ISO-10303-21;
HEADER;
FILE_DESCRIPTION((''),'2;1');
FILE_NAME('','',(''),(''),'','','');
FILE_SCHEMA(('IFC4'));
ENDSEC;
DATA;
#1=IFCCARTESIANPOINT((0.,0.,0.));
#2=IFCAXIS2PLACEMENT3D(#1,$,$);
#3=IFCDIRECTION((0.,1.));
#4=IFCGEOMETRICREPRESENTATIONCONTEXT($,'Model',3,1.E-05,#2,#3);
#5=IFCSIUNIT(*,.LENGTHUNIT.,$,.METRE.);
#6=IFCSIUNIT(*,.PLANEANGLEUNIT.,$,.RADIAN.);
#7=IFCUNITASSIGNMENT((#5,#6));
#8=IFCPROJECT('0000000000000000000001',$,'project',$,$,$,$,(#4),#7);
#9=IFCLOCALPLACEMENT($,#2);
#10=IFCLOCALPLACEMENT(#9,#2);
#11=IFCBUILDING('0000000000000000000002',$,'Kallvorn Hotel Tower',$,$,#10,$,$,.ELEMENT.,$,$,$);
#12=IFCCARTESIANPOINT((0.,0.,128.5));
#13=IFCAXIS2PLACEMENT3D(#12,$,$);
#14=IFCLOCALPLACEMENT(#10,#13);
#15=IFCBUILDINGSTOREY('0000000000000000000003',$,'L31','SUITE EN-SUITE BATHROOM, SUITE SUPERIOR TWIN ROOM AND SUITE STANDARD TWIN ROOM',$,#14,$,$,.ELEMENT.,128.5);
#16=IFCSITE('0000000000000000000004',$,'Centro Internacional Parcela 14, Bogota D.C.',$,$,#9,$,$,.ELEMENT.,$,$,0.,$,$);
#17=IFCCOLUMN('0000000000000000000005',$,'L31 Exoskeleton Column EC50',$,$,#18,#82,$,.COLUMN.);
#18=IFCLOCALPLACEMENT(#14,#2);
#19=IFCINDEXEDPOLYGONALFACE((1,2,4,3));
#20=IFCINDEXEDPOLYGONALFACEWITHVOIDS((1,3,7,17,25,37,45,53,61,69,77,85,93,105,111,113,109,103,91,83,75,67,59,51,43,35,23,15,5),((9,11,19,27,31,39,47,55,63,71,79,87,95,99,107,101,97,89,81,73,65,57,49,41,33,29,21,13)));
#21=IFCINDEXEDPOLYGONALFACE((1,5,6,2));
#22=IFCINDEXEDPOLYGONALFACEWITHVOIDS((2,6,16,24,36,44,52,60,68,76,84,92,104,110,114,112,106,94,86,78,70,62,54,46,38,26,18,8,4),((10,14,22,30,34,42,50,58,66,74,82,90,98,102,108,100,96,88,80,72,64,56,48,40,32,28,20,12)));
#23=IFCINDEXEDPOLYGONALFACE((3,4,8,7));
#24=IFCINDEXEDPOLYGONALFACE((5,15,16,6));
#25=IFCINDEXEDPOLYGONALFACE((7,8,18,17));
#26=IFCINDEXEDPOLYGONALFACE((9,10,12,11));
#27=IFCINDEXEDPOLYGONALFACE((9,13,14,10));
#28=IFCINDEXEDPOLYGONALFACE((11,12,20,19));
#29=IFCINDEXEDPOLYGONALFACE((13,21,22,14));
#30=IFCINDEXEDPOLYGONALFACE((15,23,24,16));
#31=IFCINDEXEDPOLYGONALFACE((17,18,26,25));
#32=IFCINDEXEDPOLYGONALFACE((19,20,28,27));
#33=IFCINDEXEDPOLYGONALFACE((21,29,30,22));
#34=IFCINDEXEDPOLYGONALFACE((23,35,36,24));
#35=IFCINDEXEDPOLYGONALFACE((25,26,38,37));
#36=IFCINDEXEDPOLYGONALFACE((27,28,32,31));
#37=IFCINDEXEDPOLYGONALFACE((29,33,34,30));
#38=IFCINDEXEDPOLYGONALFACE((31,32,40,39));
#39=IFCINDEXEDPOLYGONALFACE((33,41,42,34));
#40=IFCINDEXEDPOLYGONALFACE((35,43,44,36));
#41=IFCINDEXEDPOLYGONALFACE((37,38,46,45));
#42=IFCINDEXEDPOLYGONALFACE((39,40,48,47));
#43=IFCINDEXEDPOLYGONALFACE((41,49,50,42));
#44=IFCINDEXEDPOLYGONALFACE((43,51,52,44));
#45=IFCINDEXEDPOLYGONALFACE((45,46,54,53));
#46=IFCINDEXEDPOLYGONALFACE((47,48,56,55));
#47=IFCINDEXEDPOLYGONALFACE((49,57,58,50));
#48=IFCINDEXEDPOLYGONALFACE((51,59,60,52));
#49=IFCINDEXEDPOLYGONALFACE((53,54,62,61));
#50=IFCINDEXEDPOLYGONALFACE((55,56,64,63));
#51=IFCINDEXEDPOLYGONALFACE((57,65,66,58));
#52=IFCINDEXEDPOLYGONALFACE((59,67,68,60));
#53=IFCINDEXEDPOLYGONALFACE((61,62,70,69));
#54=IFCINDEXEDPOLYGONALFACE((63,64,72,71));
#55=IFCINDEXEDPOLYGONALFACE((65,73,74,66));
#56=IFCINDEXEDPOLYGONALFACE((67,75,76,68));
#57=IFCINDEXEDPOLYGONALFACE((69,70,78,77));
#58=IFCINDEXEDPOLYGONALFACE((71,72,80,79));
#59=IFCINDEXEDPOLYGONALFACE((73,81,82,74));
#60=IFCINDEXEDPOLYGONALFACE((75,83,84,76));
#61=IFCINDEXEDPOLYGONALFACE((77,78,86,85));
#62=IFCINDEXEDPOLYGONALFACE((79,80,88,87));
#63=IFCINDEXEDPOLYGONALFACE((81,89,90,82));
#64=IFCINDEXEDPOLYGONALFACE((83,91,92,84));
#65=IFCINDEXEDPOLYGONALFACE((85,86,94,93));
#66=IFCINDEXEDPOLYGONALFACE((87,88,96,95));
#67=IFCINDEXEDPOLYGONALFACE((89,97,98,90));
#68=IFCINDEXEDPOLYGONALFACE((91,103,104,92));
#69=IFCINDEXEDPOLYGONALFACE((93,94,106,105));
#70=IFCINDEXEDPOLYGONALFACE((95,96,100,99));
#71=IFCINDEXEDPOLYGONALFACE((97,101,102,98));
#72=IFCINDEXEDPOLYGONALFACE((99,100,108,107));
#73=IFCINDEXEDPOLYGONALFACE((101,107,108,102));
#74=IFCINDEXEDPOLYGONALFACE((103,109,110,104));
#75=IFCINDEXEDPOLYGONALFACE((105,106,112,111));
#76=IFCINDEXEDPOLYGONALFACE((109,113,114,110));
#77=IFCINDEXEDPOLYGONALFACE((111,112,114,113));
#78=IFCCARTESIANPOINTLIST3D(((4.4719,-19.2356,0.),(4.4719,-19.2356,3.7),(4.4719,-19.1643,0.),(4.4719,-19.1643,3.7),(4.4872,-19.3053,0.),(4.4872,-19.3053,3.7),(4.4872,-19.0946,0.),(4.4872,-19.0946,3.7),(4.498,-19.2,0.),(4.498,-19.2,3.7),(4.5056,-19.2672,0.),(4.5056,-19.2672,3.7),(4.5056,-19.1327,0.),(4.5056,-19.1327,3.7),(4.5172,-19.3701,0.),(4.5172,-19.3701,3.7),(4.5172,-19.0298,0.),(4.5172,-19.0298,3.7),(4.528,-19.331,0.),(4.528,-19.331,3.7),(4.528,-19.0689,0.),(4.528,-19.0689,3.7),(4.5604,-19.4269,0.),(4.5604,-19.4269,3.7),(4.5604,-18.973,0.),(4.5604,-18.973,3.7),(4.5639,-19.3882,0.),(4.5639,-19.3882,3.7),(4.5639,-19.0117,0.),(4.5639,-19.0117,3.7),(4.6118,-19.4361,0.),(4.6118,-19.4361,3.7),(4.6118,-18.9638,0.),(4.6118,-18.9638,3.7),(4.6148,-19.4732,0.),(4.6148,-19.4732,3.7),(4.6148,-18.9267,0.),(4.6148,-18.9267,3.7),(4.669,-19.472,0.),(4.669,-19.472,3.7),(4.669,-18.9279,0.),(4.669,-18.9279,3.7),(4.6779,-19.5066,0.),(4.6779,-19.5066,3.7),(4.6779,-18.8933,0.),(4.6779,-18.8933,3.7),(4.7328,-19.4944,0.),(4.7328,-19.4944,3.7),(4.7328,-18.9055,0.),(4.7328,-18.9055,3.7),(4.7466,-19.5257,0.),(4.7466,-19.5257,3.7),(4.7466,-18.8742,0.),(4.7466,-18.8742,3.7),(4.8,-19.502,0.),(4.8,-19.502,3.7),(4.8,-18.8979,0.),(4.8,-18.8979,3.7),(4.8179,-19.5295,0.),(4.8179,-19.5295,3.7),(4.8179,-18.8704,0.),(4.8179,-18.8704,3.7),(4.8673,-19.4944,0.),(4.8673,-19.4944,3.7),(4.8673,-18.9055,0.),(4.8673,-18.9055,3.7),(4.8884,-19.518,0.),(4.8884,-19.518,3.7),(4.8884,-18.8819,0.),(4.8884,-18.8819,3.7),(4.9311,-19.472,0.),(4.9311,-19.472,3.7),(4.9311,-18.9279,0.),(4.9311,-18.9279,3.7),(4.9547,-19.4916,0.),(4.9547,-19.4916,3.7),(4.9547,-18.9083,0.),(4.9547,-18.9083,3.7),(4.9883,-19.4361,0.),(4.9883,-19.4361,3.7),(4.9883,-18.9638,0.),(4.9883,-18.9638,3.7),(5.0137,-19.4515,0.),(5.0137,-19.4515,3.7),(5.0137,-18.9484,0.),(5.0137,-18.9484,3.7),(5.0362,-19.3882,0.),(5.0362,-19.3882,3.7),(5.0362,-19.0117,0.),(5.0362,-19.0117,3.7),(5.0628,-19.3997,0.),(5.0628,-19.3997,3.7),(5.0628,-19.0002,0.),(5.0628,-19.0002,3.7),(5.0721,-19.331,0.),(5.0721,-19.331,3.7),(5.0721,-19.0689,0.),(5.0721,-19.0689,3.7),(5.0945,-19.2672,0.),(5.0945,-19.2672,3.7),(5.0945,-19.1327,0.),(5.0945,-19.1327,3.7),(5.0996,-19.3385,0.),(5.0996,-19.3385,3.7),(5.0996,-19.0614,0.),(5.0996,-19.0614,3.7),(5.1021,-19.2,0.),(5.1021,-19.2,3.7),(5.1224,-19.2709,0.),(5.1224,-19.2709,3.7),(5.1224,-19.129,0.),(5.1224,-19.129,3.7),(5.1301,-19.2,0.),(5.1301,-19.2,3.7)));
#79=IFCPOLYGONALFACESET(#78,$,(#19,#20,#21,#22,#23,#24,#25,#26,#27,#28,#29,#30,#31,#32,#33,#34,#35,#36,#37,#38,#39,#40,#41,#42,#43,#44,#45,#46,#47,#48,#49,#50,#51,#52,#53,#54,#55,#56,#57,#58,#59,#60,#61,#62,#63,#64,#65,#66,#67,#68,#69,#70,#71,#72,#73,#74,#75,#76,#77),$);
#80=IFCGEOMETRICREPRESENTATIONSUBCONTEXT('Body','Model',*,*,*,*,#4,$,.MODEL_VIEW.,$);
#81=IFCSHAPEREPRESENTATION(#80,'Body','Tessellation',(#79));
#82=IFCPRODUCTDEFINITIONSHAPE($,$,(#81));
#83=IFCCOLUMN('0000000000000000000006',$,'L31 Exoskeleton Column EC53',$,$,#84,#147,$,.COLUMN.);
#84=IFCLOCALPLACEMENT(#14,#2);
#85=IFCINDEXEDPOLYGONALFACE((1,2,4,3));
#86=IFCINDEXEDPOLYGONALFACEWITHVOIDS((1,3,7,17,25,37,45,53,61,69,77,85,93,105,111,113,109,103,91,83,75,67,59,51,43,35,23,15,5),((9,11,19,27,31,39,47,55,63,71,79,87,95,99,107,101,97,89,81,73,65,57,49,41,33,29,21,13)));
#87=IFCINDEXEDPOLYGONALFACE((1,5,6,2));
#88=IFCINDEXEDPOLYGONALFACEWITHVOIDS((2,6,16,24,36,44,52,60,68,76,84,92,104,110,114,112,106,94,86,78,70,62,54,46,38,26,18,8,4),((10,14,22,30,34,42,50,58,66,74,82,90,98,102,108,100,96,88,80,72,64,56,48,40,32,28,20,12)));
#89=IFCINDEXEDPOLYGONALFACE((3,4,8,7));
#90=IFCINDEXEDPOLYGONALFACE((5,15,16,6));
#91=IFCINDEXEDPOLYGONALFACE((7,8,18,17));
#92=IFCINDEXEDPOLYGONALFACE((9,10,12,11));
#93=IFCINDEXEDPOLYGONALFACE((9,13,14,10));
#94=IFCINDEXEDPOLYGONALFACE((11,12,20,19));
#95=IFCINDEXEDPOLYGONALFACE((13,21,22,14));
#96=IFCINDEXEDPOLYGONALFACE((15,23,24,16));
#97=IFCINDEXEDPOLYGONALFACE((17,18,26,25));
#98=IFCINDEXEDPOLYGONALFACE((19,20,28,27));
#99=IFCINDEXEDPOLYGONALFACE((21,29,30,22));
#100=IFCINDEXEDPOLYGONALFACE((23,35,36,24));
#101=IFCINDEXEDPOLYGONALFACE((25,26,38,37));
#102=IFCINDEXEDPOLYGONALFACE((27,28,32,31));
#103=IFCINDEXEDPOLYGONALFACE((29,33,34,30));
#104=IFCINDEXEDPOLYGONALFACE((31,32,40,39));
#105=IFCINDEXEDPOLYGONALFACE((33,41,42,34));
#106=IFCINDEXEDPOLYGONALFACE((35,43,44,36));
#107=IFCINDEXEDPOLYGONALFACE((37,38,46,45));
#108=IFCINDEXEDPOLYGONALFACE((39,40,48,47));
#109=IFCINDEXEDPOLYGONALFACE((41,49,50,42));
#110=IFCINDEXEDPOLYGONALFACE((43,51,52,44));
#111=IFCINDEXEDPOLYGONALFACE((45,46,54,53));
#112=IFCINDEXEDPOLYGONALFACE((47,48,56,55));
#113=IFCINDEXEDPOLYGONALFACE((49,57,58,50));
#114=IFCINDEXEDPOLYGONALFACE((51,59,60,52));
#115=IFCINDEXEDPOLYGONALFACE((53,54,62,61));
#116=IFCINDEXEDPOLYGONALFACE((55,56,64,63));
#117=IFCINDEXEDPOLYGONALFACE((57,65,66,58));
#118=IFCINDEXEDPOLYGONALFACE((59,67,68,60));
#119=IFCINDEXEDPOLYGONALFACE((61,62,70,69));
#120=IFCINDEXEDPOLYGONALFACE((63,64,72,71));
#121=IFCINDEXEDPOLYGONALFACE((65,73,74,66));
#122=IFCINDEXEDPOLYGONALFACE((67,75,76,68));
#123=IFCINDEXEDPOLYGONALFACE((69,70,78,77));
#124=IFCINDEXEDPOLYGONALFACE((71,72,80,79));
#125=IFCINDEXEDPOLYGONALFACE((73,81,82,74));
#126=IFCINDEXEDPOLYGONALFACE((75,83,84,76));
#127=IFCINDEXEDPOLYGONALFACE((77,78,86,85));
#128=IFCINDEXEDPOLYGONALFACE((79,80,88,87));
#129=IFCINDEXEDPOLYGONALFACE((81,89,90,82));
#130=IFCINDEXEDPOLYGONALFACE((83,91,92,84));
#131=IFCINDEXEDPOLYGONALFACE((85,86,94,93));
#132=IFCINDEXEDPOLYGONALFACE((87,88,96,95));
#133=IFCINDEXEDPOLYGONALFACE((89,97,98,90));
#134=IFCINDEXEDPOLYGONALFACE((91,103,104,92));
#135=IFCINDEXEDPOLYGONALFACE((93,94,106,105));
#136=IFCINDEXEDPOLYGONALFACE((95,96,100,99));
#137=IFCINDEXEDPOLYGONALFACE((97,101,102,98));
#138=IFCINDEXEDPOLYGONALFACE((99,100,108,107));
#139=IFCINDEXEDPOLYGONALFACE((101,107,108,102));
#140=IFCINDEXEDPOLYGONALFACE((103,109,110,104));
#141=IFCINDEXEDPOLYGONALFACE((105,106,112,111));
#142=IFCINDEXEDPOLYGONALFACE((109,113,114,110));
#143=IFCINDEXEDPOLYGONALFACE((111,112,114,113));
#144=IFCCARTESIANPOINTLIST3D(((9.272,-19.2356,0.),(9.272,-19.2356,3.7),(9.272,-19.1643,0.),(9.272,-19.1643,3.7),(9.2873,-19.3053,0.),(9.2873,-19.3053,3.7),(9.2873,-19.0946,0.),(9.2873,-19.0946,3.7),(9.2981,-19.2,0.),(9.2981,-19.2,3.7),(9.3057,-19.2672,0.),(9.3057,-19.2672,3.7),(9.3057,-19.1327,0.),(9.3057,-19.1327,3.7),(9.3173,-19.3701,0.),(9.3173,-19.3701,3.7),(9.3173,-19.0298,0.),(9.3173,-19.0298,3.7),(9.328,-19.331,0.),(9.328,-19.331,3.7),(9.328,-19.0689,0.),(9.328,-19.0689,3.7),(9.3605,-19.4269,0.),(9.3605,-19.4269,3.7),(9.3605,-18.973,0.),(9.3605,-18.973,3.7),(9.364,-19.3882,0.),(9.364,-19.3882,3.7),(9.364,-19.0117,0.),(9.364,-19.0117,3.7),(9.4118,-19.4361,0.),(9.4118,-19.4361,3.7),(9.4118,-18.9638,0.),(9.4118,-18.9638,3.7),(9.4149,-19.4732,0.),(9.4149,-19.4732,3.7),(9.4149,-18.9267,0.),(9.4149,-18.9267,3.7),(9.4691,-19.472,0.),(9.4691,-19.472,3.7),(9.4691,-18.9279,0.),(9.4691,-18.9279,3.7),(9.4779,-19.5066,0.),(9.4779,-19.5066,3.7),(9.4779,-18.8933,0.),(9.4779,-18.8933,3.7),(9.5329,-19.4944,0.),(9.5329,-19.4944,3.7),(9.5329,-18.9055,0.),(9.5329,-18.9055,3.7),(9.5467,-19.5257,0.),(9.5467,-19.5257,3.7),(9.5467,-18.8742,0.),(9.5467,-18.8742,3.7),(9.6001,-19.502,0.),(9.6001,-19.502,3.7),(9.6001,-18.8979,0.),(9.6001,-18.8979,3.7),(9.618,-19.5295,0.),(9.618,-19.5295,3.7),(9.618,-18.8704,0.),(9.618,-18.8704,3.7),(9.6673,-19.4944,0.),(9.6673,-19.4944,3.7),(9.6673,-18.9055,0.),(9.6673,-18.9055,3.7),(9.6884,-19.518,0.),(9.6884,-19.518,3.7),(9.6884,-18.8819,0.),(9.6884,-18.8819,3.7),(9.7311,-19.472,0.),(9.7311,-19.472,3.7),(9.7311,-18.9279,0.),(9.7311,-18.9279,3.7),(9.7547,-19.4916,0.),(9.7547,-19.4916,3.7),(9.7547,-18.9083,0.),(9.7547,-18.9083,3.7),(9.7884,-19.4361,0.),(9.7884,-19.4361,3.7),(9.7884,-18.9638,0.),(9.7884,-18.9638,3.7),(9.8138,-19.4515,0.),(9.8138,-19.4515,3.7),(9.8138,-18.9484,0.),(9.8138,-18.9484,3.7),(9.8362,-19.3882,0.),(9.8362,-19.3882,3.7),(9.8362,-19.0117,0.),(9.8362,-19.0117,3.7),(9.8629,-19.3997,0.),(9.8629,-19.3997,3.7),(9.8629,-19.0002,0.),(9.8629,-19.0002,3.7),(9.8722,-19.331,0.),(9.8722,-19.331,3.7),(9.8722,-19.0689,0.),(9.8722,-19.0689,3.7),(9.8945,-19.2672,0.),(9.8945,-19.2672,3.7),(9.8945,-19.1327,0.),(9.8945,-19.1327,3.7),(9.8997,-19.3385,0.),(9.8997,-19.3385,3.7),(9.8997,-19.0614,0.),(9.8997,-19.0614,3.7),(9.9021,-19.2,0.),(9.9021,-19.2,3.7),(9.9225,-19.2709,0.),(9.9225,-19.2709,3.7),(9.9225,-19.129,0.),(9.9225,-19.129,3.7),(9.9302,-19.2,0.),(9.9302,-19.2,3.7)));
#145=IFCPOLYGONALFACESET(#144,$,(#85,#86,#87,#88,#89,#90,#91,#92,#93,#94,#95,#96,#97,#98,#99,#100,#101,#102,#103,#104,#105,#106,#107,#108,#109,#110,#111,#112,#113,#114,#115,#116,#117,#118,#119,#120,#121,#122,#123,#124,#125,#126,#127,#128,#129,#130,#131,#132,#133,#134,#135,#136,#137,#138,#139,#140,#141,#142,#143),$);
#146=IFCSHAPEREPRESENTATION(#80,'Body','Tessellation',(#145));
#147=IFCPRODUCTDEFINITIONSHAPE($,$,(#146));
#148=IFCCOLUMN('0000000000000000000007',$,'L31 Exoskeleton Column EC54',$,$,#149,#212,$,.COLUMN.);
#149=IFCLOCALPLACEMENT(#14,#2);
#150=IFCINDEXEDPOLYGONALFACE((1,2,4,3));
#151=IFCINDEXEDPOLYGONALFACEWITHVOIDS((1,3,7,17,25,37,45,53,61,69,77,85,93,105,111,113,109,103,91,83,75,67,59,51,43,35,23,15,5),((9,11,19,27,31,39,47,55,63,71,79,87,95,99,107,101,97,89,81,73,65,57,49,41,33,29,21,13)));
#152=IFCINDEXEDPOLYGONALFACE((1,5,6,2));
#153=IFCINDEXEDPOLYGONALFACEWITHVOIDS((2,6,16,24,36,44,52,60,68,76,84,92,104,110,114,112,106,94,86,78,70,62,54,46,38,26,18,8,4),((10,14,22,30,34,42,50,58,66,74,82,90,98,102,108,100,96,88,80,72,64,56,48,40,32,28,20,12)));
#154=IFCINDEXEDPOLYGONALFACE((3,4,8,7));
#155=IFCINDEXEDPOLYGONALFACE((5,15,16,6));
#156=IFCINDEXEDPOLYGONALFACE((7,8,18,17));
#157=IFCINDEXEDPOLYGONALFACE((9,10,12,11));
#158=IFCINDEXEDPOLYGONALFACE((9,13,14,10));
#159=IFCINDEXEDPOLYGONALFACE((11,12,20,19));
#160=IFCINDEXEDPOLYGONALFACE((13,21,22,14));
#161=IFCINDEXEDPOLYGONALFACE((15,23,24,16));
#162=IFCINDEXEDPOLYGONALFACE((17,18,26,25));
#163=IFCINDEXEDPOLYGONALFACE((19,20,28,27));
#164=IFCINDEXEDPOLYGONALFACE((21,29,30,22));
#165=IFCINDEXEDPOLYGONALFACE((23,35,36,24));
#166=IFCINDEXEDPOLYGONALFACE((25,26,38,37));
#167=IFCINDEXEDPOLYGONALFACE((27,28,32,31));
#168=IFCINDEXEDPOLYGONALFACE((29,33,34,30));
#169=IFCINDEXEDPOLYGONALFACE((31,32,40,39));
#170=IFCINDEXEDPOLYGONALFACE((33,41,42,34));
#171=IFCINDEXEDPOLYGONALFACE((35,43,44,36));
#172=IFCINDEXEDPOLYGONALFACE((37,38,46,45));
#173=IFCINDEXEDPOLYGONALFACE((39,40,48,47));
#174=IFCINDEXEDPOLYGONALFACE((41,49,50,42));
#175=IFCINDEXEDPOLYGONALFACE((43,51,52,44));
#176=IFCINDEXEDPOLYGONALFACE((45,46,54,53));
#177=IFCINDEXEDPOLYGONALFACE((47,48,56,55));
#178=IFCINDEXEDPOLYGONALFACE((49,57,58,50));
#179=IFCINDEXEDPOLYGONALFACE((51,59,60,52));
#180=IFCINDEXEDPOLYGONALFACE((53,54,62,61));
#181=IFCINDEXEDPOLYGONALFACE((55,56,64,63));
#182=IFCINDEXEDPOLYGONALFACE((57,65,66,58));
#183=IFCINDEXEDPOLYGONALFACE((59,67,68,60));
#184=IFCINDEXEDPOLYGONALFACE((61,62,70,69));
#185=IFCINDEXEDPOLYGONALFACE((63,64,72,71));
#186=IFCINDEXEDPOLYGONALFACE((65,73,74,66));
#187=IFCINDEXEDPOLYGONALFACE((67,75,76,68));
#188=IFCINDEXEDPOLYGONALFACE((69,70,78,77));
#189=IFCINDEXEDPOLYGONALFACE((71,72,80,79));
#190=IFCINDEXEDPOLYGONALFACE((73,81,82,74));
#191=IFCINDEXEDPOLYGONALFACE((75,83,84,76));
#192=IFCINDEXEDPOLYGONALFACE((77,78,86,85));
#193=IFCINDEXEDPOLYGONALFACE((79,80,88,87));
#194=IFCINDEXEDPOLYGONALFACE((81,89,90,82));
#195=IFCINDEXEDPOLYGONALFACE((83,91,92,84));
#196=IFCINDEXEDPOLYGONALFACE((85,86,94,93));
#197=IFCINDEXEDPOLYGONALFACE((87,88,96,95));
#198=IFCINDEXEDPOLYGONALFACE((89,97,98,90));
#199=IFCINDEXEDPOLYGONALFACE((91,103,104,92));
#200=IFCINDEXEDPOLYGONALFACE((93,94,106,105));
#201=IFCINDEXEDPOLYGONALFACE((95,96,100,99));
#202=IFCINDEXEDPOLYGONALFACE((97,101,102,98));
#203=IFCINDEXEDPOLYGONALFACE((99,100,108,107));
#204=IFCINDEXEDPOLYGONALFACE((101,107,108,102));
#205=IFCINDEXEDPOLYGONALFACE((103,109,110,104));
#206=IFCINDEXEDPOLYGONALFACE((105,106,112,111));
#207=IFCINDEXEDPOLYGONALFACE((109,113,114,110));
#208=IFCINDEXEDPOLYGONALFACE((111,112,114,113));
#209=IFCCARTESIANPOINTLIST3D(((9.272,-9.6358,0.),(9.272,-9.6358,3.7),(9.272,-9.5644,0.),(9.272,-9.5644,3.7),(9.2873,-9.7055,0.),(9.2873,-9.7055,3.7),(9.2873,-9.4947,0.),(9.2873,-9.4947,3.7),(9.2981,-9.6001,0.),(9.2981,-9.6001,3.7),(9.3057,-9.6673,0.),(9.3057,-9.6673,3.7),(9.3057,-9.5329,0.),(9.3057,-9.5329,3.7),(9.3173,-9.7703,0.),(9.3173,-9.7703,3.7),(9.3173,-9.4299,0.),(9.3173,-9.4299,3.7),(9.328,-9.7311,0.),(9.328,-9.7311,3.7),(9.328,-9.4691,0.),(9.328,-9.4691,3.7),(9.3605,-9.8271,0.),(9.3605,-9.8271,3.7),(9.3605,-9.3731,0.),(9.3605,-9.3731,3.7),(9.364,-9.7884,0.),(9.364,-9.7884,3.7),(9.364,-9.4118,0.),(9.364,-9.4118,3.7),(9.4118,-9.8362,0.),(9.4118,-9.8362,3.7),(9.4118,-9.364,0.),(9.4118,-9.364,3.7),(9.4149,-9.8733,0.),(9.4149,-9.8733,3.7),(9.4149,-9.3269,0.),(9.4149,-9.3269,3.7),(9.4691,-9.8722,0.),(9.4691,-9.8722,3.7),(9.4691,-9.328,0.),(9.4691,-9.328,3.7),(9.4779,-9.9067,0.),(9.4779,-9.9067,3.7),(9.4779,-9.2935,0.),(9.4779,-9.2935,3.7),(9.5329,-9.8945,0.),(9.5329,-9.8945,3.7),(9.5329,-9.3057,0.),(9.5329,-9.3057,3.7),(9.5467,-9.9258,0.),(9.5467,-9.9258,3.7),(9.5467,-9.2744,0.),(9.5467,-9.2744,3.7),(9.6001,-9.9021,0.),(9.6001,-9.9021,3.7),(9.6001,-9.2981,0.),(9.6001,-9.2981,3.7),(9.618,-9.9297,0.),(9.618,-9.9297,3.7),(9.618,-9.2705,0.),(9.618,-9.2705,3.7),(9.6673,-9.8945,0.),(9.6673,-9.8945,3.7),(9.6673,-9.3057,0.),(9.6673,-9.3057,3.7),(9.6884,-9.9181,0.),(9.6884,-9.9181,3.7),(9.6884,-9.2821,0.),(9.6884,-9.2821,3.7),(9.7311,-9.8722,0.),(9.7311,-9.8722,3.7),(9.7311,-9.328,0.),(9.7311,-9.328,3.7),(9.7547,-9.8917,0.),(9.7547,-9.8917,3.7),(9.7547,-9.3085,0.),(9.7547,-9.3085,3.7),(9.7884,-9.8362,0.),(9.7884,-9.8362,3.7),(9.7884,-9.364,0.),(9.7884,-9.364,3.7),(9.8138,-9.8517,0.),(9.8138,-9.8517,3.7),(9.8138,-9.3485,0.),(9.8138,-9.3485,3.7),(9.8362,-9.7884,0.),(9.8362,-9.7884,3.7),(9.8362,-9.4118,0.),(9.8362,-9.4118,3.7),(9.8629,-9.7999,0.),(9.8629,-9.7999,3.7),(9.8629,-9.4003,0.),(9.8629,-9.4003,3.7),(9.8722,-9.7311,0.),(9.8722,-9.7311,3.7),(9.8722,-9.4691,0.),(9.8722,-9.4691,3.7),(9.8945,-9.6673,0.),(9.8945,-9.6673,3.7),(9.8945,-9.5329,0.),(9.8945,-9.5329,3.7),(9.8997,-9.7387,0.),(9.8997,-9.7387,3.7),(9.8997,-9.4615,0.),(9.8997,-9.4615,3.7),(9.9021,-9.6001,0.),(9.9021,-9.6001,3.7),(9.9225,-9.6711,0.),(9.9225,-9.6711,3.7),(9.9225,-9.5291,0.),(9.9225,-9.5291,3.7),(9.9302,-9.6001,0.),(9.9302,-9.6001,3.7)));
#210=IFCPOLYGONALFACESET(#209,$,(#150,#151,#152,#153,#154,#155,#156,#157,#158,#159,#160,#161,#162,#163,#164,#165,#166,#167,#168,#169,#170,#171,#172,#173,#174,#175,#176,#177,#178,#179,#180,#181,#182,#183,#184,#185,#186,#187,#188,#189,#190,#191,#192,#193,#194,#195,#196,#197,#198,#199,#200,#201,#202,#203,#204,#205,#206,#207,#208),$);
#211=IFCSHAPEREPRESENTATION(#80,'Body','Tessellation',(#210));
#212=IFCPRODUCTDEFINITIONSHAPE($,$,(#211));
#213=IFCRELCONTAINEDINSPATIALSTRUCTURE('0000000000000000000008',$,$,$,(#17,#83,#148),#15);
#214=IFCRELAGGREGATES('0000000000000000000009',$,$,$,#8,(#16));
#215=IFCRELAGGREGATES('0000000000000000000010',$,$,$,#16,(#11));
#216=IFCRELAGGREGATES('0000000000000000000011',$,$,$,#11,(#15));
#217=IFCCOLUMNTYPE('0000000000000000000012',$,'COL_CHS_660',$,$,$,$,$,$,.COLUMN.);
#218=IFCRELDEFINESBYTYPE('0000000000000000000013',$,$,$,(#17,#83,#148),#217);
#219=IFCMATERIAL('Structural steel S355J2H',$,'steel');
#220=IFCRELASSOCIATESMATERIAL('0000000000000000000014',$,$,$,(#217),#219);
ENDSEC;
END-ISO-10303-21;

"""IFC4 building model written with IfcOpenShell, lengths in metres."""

from ifc_helpers import new_model, si_unit, direction, frame, origin, origin_2d, place, context, subcontext, project, spatial, hollow_circle, extrude, material, material_profile, profile_set, type_object, element, save


model = new_model("IFC4")

# Units and contexts
model_context = context("Model", 3, precision=1e-05, world=origin(), true_north=direction((0.0, 1.0)))
body_context = subcontext(model_context, "Body", "Model", "MODEL_VIEW")
ifc_project = project(units=[si_unit("LENGTHUNIT", "METRE"), si_unit("PLANEANGLEUNIT", "RADIAN")], contexts=[model_context])

# Site, building, storey
site_placement = place(None, origin())
site = spatial("IfcSite", under=ifc_project, at=site_placement, Name="Centro Internacional Parcela 14, Bogota D.C.", CompositionType="ELEMENT", RefElevation=0.0)
building_placement = place(site_placement, origin())
building = spatial("IfcBuilding", under=site, at=building_placement, Name="Kallvorn Hotel Tower", CompositionType="ELEMENT")
storey_placement = place(building_placement, frame((0.0, 0.0, 128.5)))
storey = spatial("IfcBuildingStorey", under=building, at=storey_placement, Name="L31", Description="SUITE EN-SUITE BATHROOM, SUITE SUPERIOR TWIN ROOM AND SUITE STANDARD TWIN ROOM", CompositionType="ELEMENT", Elevation=128.5)

# Columns
ifc_material_1 = material(Name="Structural steel S355J2H", Category="steel")
ifc_material_profile_1 = material_profile(ifc_material_1, hollow_circle(Radius=0.3301, WallThickness=0.0281, at=origin_2d()), Name="CHS 660x28")
ifc_profile_set_1 = profile_set([ifc_material_profile_1], Name="Structural steel S355J2H")
column_type_1 = type_object("IfcColumnType", Name="COL_CHS_660", PredefinedType="COLUMN", material=ifc_profile_set_1)
for number, where, z_axis, x_axis, name in (
    (1, (4.8, -19.2, 0.0), (0.0, 0.0, 1.0), (1.0, 0.0, 0.0), "L31 Exoskeleton Column EC50"),
    (2, (9.6001, -19.2, 0.0), (0.0, 0.0, 1.0), (1.0, 0.0, 0.0), "L31 Exoskeleton Column EC53"),
    (3, (9.6001, -9.6001, 0.0), (0.0, 0.0, 1.0), (1.0, 0.0, 0.0), "L31 Exoskeleton Column EC54"),
):
    element("IfcColumn", number, at=place(storey_placement, frame(where, z_axis=z_axis, x_axis=x_axis)), inside=storey, type_object=column_type_1, Name=name, PredefinedType="COLUMN", context=body_context, shape_type="SweptSolid", body=[
        extrude(hollow_circle(Radius=0.3301, WallThickness=0.0281, at=origin_2d()), origin(), (0.0, 0.0, 1.0), 3.7),
    ])

save(model, "model.ifc")
